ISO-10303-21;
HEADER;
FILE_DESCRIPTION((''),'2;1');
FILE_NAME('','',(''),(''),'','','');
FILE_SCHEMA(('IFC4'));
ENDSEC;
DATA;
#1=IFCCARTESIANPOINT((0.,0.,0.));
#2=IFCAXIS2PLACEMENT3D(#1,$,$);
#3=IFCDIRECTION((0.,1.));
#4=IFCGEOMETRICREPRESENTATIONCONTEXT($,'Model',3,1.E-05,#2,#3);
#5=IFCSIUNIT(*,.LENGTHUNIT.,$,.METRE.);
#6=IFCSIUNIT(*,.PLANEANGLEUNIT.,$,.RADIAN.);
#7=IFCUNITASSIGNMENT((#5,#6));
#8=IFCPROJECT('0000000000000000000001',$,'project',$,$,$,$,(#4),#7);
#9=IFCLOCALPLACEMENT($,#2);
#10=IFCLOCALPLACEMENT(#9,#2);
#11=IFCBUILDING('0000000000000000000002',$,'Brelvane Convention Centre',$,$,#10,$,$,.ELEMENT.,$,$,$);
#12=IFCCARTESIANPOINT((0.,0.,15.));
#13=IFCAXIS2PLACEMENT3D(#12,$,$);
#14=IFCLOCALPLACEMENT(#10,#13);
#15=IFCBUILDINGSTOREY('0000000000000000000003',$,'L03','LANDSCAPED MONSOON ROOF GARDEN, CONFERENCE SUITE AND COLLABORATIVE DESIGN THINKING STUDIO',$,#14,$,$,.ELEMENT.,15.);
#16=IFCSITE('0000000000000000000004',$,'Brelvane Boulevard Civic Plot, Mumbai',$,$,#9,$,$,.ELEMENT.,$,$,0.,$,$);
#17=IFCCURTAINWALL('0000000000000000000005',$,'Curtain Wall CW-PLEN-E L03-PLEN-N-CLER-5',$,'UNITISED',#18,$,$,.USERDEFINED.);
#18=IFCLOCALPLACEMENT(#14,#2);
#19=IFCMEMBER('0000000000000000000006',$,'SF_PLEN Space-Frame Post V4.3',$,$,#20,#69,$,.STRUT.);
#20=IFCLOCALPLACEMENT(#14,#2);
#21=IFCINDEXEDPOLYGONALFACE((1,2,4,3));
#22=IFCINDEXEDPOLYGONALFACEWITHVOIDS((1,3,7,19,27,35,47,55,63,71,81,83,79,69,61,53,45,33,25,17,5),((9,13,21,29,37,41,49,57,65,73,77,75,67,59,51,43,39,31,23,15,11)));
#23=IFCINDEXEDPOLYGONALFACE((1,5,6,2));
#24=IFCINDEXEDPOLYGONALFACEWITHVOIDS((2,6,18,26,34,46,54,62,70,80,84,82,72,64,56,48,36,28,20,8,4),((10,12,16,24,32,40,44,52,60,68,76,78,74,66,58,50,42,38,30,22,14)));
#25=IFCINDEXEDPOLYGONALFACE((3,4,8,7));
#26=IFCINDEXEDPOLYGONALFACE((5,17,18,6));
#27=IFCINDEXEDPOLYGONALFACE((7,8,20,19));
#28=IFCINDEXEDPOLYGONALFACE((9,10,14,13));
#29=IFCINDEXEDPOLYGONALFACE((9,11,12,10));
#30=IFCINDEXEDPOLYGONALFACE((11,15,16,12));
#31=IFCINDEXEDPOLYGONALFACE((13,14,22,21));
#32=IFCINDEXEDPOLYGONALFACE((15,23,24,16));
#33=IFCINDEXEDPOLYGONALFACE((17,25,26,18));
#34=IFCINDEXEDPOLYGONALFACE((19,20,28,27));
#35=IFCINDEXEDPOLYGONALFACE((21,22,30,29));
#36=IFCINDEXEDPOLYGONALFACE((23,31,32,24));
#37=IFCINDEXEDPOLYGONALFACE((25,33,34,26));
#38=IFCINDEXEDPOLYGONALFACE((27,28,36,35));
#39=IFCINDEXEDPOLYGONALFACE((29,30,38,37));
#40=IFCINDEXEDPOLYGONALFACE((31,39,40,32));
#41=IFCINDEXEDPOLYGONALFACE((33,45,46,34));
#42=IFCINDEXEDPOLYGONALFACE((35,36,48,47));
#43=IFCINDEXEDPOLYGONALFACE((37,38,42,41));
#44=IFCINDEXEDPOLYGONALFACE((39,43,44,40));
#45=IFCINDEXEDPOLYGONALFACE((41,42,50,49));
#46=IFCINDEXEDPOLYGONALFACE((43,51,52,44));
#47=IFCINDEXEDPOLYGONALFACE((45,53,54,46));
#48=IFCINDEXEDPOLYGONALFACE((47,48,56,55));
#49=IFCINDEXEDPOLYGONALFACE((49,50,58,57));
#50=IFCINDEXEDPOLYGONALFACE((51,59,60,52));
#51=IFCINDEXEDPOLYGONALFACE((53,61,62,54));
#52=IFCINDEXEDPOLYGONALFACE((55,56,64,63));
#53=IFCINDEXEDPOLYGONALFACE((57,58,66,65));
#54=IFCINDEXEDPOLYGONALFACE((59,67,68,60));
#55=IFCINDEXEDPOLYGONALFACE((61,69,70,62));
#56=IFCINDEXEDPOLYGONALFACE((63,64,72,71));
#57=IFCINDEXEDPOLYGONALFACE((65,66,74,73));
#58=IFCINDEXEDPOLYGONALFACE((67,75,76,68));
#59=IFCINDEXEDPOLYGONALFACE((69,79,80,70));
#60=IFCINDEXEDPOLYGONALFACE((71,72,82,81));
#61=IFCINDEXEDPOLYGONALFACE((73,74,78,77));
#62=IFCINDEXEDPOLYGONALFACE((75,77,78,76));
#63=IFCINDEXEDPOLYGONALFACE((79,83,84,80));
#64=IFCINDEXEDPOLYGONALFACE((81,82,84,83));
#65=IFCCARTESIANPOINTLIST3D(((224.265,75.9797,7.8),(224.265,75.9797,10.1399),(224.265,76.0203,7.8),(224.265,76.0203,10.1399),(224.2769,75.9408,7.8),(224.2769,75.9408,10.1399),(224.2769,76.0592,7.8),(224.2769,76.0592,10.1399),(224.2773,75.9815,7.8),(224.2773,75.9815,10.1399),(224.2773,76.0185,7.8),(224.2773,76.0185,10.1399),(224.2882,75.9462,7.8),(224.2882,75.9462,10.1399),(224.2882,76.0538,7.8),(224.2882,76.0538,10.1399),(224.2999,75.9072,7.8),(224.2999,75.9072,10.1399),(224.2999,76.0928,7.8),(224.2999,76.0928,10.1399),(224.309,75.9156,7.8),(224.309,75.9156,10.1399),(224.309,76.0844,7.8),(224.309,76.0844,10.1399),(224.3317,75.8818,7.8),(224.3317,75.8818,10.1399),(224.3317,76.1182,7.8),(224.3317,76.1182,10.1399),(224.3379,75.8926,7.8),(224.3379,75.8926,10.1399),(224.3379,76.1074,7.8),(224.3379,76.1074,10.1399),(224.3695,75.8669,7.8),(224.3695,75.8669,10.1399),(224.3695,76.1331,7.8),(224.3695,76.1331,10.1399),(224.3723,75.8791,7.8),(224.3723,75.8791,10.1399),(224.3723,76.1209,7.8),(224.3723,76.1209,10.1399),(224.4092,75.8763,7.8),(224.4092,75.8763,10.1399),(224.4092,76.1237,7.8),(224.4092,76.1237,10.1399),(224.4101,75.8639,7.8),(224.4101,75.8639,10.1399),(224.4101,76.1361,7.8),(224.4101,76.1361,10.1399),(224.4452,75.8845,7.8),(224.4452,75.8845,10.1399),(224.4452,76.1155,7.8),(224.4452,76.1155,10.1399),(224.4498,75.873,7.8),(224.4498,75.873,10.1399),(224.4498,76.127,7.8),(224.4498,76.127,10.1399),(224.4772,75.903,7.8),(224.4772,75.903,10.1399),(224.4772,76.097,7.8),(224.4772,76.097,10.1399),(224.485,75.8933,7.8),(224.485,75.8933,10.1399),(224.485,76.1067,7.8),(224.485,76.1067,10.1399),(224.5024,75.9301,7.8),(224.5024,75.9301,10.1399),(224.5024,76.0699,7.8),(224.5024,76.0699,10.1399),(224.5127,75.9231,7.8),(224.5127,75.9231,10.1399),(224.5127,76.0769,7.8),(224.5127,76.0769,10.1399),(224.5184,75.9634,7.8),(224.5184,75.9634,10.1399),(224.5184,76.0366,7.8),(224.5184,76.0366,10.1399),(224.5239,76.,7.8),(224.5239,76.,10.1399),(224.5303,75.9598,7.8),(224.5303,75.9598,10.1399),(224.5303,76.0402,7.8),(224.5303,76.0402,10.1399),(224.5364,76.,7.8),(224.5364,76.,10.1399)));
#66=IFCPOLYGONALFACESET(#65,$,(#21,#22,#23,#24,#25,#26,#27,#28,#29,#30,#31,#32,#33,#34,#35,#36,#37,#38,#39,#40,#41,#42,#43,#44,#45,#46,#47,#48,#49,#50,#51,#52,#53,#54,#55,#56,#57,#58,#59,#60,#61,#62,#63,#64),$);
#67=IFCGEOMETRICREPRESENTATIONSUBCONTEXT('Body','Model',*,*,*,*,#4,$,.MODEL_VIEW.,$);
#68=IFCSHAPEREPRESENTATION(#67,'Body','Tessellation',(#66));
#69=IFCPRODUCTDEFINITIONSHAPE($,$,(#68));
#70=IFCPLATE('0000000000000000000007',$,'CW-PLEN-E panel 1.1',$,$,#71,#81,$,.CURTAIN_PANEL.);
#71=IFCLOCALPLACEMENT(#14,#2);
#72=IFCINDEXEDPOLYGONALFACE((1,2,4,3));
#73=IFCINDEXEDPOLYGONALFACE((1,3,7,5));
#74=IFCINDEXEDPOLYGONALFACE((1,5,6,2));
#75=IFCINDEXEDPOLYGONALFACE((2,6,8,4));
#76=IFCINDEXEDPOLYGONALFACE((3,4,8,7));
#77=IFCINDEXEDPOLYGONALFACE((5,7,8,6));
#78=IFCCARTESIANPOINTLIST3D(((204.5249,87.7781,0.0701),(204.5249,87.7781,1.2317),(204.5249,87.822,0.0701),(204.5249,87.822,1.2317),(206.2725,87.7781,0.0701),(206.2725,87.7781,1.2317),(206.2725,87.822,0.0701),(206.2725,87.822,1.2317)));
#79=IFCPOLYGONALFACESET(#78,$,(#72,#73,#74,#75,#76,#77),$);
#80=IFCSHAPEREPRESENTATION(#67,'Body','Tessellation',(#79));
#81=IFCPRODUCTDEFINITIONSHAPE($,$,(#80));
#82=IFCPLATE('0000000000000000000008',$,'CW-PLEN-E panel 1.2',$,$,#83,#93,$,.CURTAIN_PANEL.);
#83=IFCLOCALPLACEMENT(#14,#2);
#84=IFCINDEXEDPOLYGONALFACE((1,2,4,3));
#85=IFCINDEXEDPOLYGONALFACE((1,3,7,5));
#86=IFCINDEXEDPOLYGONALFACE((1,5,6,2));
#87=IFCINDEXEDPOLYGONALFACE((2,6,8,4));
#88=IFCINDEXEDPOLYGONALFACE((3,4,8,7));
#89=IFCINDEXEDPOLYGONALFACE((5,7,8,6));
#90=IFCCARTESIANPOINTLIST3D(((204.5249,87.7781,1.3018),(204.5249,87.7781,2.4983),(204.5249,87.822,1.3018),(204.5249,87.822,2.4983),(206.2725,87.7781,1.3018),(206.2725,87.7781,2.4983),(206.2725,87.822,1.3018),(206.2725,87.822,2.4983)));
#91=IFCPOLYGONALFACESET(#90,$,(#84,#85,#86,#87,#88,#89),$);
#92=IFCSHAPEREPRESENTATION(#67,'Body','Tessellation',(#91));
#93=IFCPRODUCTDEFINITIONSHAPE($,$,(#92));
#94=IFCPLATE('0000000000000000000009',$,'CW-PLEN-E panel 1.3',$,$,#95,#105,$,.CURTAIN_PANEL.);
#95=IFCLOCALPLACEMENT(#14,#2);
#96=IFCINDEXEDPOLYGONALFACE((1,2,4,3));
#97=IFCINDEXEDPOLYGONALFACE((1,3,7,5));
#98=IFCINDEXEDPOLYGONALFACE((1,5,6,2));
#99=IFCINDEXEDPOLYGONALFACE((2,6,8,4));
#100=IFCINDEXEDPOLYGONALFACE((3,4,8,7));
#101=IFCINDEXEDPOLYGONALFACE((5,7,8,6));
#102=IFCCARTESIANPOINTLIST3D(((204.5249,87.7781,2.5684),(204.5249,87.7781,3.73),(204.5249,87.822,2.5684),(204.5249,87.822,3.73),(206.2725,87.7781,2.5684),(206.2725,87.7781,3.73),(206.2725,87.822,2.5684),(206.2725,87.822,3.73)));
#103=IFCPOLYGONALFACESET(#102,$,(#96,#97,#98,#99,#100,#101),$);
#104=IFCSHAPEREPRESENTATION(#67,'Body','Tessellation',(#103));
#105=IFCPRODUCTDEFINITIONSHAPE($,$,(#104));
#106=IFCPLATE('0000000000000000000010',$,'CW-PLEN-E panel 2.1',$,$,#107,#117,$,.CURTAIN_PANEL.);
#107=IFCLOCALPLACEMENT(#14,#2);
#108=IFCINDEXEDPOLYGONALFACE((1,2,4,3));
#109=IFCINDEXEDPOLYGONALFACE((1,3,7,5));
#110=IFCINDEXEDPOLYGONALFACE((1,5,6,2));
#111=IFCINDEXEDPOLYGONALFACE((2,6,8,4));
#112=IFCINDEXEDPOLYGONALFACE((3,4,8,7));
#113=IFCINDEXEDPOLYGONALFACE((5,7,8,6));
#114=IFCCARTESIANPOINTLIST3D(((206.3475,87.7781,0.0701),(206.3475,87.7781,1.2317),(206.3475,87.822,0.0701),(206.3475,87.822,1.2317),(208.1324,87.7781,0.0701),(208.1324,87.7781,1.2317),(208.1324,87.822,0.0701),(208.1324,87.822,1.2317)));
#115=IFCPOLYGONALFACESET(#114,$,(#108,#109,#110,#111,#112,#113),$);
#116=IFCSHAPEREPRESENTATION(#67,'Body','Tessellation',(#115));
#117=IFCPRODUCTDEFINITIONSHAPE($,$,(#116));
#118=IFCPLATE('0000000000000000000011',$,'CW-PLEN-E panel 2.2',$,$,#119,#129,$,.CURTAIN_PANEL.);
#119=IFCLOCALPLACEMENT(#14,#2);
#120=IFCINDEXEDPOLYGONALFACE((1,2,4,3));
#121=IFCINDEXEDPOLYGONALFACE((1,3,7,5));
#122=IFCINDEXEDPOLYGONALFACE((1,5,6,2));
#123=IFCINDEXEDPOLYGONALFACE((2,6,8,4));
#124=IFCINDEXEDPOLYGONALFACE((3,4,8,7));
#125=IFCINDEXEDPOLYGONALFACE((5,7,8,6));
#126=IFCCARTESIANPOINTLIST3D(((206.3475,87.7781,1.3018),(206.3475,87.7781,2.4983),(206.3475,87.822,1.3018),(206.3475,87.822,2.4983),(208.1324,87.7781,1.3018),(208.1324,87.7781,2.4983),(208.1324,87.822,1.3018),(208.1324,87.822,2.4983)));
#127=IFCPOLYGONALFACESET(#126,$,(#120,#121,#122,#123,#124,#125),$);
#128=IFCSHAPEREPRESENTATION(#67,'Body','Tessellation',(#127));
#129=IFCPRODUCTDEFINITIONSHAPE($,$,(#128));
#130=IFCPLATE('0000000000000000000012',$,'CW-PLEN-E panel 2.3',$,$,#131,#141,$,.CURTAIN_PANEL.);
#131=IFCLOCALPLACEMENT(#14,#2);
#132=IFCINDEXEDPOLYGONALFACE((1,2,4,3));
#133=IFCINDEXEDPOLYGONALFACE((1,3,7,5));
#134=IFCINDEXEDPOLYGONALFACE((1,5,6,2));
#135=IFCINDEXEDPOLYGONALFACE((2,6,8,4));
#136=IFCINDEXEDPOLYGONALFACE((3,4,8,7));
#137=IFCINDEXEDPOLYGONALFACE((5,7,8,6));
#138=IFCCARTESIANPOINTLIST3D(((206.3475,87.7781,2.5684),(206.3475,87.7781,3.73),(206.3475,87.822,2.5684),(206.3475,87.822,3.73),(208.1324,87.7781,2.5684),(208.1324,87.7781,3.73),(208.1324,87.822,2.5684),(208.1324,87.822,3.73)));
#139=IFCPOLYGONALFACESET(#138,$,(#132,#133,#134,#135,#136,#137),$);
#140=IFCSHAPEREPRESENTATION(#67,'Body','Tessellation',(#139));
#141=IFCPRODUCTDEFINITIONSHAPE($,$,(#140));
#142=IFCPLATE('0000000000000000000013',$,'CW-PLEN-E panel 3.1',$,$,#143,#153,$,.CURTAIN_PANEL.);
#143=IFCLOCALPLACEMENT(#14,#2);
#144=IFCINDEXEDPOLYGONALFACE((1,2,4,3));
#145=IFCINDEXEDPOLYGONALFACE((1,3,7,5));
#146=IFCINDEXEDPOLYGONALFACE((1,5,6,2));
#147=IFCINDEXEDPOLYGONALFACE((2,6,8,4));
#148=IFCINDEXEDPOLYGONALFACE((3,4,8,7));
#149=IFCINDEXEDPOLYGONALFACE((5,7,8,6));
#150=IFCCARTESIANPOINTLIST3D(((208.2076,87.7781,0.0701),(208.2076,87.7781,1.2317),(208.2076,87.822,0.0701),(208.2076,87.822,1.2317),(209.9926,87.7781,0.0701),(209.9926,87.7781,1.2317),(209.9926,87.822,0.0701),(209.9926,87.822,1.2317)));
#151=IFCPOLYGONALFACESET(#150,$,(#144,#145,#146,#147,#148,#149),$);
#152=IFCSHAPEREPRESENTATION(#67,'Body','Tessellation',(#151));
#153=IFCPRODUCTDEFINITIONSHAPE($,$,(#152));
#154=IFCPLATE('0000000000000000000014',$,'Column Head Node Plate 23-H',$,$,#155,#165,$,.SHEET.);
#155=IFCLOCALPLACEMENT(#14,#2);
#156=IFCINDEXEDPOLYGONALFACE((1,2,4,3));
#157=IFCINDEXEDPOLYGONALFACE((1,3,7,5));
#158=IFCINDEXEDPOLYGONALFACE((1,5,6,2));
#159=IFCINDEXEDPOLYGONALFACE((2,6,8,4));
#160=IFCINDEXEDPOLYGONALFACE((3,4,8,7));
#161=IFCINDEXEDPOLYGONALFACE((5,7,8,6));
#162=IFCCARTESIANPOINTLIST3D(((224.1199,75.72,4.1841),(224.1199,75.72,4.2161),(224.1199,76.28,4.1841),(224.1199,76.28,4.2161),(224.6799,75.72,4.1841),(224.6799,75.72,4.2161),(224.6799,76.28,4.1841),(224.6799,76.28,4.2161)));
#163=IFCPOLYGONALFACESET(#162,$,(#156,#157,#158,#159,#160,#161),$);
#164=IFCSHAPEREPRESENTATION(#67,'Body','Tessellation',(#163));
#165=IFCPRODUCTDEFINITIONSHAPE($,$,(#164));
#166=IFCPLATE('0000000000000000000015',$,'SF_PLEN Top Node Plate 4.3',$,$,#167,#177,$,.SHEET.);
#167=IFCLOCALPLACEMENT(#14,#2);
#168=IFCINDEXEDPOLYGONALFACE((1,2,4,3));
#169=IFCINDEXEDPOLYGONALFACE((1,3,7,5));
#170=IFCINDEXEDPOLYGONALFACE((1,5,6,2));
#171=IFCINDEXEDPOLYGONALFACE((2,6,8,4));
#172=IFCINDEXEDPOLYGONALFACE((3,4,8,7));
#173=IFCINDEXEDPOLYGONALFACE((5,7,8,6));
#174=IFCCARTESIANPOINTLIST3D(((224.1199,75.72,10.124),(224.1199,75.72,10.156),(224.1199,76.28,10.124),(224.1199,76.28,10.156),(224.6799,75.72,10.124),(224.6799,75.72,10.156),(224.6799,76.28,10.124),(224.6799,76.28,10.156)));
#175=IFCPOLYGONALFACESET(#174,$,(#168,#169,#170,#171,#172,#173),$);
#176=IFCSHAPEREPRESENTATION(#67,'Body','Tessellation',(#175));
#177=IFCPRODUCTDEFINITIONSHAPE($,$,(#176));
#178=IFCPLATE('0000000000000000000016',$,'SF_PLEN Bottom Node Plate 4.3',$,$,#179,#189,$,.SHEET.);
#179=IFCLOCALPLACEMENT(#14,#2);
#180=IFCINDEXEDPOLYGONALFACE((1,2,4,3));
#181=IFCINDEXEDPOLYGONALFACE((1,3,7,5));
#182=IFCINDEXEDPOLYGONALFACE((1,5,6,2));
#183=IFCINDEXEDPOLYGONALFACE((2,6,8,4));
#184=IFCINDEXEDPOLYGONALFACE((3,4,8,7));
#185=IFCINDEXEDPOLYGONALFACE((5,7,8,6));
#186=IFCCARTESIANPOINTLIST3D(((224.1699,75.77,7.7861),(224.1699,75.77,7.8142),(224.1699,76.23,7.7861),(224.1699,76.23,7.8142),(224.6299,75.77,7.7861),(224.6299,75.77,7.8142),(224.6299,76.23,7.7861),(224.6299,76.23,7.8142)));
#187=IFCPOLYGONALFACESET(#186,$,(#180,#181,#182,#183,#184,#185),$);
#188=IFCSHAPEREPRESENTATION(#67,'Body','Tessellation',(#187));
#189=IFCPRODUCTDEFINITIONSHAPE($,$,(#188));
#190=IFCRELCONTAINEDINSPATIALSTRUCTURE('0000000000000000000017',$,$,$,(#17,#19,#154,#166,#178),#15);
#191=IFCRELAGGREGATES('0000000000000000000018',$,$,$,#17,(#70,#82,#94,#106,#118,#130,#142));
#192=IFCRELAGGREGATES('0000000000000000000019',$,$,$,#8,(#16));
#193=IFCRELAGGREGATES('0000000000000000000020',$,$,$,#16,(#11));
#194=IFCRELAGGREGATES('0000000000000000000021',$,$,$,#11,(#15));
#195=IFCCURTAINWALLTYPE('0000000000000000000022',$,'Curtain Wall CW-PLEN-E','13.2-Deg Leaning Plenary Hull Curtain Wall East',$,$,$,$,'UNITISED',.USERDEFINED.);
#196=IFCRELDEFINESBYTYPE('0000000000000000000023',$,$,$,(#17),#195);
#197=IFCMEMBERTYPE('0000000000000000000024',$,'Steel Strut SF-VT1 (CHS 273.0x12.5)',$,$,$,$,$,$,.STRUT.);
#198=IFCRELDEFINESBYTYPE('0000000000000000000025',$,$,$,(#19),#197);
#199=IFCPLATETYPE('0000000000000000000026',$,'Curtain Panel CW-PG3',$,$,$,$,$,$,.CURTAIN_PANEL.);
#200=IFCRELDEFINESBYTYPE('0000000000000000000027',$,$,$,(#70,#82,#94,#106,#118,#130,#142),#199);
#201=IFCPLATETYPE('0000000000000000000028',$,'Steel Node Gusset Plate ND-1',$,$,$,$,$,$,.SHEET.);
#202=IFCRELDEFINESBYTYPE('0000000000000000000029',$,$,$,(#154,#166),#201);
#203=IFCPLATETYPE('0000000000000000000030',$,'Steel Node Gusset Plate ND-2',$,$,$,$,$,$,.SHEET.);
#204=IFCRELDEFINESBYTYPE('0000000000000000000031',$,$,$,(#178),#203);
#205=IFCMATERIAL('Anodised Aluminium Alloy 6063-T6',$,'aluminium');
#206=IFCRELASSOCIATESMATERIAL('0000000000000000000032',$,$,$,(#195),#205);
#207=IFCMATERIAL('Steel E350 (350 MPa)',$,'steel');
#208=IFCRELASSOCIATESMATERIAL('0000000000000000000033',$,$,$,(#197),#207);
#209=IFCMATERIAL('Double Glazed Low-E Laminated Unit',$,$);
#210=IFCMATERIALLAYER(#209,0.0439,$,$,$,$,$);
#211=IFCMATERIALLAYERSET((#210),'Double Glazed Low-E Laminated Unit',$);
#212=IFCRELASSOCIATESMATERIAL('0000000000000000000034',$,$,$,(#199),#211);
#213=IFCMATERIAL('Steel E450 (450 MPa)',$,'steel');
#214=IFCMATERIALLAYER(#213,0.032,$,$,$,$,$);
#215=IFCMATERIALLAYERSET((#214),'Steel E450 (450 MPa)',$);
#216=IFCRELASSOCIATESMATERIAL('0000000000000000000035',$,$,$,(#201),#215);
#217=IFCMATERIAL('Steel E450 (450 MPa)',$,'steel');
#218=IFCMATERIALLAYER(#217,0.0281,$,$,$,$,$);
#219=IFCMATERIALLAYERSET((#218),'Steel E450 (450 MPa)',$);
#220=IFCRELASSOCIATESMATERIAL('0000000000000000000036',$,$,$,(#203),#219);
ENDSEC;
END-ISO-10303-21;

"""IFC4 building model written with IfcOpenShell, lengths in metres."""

from ifc_helpers import new_model, si_unit, direction, frame, origin, origin_2d, place, context, subcontext, project, spatial, rectangle, hollow_circle, extrude, material, layer, layer_set, material_profile, profile_set, type_object, element, aggregate, save


model = new_model("IFC4")

# Units and contexts
model_context = context("Model", 3, precision=1e-05, world=origin(), true_north=direction((0.0, 1.0)))
body_context = subcontext(model_context, "Body", "Model", "MODEL_VIEW")
ifc_project = project(units=[si_unit("LENGTHUNIT", "METRE"), si_unit("PLANEANGLEUNIT", "RADIAN")], contexts=[model_context])

# Site, building, storey
site_placement = place(None, origin())
site = spatial("IfcSite", under=ifc_project, at=site_placement, Name="Brelvane Boulevard Civic Plot, Mumbai", CompositionType="ELEMENT", RefElevation=0.0)
building_placement = place(site_placement, origin())
building = spatial("IfcBuilding", under=site, at=building_placement, Name="Brelvane Convention Centre", CompositionType="ELEMENT")
storey_placement = place(building_placement, frame((0.0, 0.0, 15.0)))
storey = spatial("IfcBuildingStorey", under=building, at=storey_placement, Name="L03", Description="LANDSCAPED MONSOON ROOF GARDEN, CONFERENCE SUITE AND COLLABORATIVE DESIGN THINKING STUDIO", CompositionType="ELEMENT", Elevation=15.0)

# Curtain wall
ifc_material_1 = material(Name="Anodised Aluminium Alloy 6063-T6", Category="aluminium")
curtain_wall_type = type_object("IfcCurtainWallType", Name="Curtain Wall CW-PLEN-E", Description="13.2-Deg Leaning Plenary Hull Curtain Wall East", ElementType="UNITISED", PredefinedType="USERDEFINED", material=ifc_material_1)
curtain_wall_placement = place(storey_placement, origin())
curtain_wall = element("IfcCurtainWall", 1, at=curtain_wall_placement, inside=storey, type_object=curtain_wall_type, Name="Curtain Wall CW-PLEN-E L03-PLEN-N-CLER-5", ObjectType="UNITISED", PredefinedType="USERDEFINED")

# Member
ifc_material_2 = material(Name="Steel E350 (350 MPa)", Category="steel")
ifc_material_profile_1 = material_profile(ifc_material_2, hollow_circle(Radius=0.1365, WallThickness=0.0125, at=origin_2d()), Name="CHS 273.0x12.5")
ifc_profile_set_1 = profile_set([ifc_material_profile_1], Name="Steel E350 (350 MPa)")
member_type_1 = type_object("IfcMemberType", Name="Steel Strut SF-VT1 (CHS 273.0x12.5)", PredefinedType="STRUT", material=ifc_profile_set_1)
member_1_placement = place(storey_placement, frame((224.3999, 76.0, 7.8), z_axis=(0.0, 0.0, 1.0), x_axis=(1.0, 0.0, 0.0)))
element("IfcMember", 2, at=member_1_placement, inside=storey, type_object=member_type_1, Name="SF_PLEN Space-Frame Post V4.3", PredefinedType="STRUT", context=body_context, shape_type="SweptSolid", body=[
    extrude(hollow_circle(Radius=0.1365, WallThickness=0.0125, at=origin_2d()), origin(), (0.0, 0.0, 1.0), 2.3398),
])

# Plates
ifc_material_3 = material(Name="Double Glazed Low-E Laminated Unit")
ifc_layer_1 = layer(ifc_material_3, 0.0439)
ifc_layer_set_1 = layer_set([ifc_layer_1], Name="Double Glazed Low-E Laminated Unit")
plate_type_1 = type_object("IfcPlateType", Name="Curtain Panel CW-PG3", PredefinedType="CURTAIN_PANEL", material=ifc_layer_set_1)
plate_1_placement = place(storey_placement, frame((205.3987, 87.8, 0.0701), z_axis=(0.0, 0.0, 1.0), x_axis=(1.0, 0.0, 0.0)))
plate_1 = element("IfcPlate", 3, at=plate_1_placement, type_object=plate_type_1, Name="CW-PLEN-E panel 1.1", PredefinedType="CURTAIN_PANEL", context=body_context, shape_type="SweptSolid", body=[
    extrude(rectangle(XDim=1.7476, YDim=0.0439, at=origin_2d()), origin(), (0.0, 0.0, 1.0), 1.1616),
])
plate_2_placement = place(storey_placement, frame((205.3987, 87.8, 1.3018), z_axis=(0.0, 0.0, 1.0), x_axis=(1.0, 0.0, 0.0)))
plate_2 = element("IfcPlate", 4, at=plate_2_placement, type_object=plate_type_1, Name="CW-PLEN-E panel 1.2", PredefinedType="CURTAIN_PANEL", context=body_context, shape_type="SweptSolid", body=[
    extrude(rectangle(XDim=1.7476, YDim=0.0439, at=origin_2d()), origin(), (0.0, 0.0, 1.0), 1.1965),
])
plate_3_placement = place(storey_placement, frame((205.3987, 87.8, 2.5684), z_axis=(0.0, 0.0, 1.0), x_axis=(1.0, 0.0, 0.0)))
plate_3 = element("IfcPlate", 5, at=plate_3_placement, type_object=plate_type_1, Name="CW-PLEN-E panel 1.3", PredefinedType="CURTAIN_PANEL", context=body_context, shape_type="SweptSolid", body=[
    extrude(rectangle(XDim=1.7476, YDim=0.0439, at=origin_2d()), origin(), (0.0, 0.0, 1.0), 1.1616),
])
plate_4_placement = place(storey_placement, frame((207.24, 87.8, 0.0701), z_axis=(0.0, 0.0, 1.0), x_axis=(1.0, 0.0, 0.0)))
plate_4 = element("IfcPlate", 6, at=plate_4_placement, type_object=plate_type_1, Name="CW-PLEN-E panel 2.1", PredefinedType="CURTAIN_PANEL", context=body_context, shape_type="SweptSolid", body=[
    extrude(rectangle(XDim=1.7849, YDim=0.0439, at=origin_2d()), origin(), (0.0, 0.0, 1.0), 1.1616),
])
plate_5_placement = place(storey_placement, frame((207.24, 87.8, 1.3018), z_axis=(0.0, 0.0, 1.0), x_axis=(1.0, 0.0, 0.0)))
plate_5 = element("IfcPlate", 7, at=plate_5_placement, type_object=plate_type_1, Name="CW-PLEN-E panel 2.2", PredefinedType="CURTAIN_PANEL", context=body_context, shape_type="SweptSolid", body=[
    extrude(rectangle(XDim=1.7849, YDim=0.0439, at=origin_2d()), origin(), (0.0, 0.0, 1.0), 1.1965),
])
plate_6_placement = place(storey_placement, frame((207.24, 87.8, 2.5684), z_axis=(0.0, 0.0, 1.0), x_axis=(1.0, 0.0, 0.0)))
plate_6 = element("IfcPlate", 8, at=plate_6_placement, type_object=plate_type_1, Name="CW-PLEN-E panel 2.3", PredefinedType="CURTAIN_PANEL", context=body_context, shape_type="SweptSolid", body=[
    extrude(rectangle(XDim=1.7849, YDim=0.0439, at=origin_2d()), origin(), (0.0, 0.0, 1.0), 1.1616),
])
plate_7_placement = place(storey_placement, frame((209.1001, 87.8, 0.0701), z_axis=(0.0, 0.0, 1.0), x_axis=(1.0, 0.0, 0.0)))
plate_7 = element("IfcPlate", 9, at=plate_7_placement, type_object=plate_type_1, Name="CW-PLEN-E panel 3.1", PredefinedType="CURTAIN_PANEL", context=body_context, shape_type="SweptSolid", body=[
    extrude(rectangle(XDim=1.7849, YDim=0.0439, at=origin_2d()), origin(), (0.0, 0.0, 1.0), 1.1616),
])
aggregate(curtain_wall, [plate_1, plate_2, plate_3, plate_4, plate_5, plate_6, plate_7])

# Plates
ifc_material_4 = material(Name="Steel E450 (450 MPa)", Category="steel")
ifc_layer_2 = layer(ifc_material_4, 0.032)
ifc_layer_set_2 = layer_set([ifc_layer_2], Name="Steel E450 (450 MPa)")
plate_type_2 = type_object("IfcPlateType", Name="Steel Node Gusset Plate ND-1", PredefinedType="SHEET", material=ifc_layer_set_2)
for number, where, z_axis, x_axis, name in (
    (10, (224.3999, 76.0, 4.1841), (0.0, 0.0, 1.0), (1.0, 0.0, 0.0), "Column Head Node Plate 23-H"),
    (11, (224.3999, 76.0, 10.124), (0.0, 0.0, 1.0), (1.0, 0.0, 0.0), "SF_PLEN Top Node Plate 4.3"),
):
    element("IfcPlate", number, at=place(storey_placement, frame(where, z_axis=z_axis, x_axis=x_axis)), inside=storey, type_object=plate_type_2, Name=name, PredefinedType="SHEET", context=body_context, shape_type="SweptSolid", body=[
        extrude(rectangle(XDim=0.5601, YDim=0.5601, at=origin_2d()), origin(), (0.0, 0.0, 1.0), 0.032),
    ])
ifc_material_5 = material(Name="Steel E450 (450 MPa)", Category="steel")
ifc_layer_3 = layer(ifc_material_5, 0.0281)
ifc_layer_set_3 = layer_set([ifc_layer_3], Name="Steel E450 (450 MPa)")
plate_type_3 = type_object("IfcPlateType", Name="Steel Node Gusset Plate ND-2", PredefinedType="SHEET", material=ifc_layer_set_3)
plate_8_placement = place(storey_placement, frame((224.3999, 76.0, 7.7861), z_axis=(0.0, 0.0, 1.0), x_axis=(1.0, 0.0, 0.0)))
element("IfcPlate", 12, at=plate_8_placement, inside=storey, type_object=plate_type_3, Name="SF_PLEN Bottom Node Plate 4.3", PredefinedType="SHEET", context=body_context, shape_type="SweptSolid", body=[
    extrude(rectangle(XDim=0.46, YDim=0.46, at=origin_2d()), origin(), (0.0, 0.0, 1.0), 0.0281),
])

save(model, "model.ifc")
